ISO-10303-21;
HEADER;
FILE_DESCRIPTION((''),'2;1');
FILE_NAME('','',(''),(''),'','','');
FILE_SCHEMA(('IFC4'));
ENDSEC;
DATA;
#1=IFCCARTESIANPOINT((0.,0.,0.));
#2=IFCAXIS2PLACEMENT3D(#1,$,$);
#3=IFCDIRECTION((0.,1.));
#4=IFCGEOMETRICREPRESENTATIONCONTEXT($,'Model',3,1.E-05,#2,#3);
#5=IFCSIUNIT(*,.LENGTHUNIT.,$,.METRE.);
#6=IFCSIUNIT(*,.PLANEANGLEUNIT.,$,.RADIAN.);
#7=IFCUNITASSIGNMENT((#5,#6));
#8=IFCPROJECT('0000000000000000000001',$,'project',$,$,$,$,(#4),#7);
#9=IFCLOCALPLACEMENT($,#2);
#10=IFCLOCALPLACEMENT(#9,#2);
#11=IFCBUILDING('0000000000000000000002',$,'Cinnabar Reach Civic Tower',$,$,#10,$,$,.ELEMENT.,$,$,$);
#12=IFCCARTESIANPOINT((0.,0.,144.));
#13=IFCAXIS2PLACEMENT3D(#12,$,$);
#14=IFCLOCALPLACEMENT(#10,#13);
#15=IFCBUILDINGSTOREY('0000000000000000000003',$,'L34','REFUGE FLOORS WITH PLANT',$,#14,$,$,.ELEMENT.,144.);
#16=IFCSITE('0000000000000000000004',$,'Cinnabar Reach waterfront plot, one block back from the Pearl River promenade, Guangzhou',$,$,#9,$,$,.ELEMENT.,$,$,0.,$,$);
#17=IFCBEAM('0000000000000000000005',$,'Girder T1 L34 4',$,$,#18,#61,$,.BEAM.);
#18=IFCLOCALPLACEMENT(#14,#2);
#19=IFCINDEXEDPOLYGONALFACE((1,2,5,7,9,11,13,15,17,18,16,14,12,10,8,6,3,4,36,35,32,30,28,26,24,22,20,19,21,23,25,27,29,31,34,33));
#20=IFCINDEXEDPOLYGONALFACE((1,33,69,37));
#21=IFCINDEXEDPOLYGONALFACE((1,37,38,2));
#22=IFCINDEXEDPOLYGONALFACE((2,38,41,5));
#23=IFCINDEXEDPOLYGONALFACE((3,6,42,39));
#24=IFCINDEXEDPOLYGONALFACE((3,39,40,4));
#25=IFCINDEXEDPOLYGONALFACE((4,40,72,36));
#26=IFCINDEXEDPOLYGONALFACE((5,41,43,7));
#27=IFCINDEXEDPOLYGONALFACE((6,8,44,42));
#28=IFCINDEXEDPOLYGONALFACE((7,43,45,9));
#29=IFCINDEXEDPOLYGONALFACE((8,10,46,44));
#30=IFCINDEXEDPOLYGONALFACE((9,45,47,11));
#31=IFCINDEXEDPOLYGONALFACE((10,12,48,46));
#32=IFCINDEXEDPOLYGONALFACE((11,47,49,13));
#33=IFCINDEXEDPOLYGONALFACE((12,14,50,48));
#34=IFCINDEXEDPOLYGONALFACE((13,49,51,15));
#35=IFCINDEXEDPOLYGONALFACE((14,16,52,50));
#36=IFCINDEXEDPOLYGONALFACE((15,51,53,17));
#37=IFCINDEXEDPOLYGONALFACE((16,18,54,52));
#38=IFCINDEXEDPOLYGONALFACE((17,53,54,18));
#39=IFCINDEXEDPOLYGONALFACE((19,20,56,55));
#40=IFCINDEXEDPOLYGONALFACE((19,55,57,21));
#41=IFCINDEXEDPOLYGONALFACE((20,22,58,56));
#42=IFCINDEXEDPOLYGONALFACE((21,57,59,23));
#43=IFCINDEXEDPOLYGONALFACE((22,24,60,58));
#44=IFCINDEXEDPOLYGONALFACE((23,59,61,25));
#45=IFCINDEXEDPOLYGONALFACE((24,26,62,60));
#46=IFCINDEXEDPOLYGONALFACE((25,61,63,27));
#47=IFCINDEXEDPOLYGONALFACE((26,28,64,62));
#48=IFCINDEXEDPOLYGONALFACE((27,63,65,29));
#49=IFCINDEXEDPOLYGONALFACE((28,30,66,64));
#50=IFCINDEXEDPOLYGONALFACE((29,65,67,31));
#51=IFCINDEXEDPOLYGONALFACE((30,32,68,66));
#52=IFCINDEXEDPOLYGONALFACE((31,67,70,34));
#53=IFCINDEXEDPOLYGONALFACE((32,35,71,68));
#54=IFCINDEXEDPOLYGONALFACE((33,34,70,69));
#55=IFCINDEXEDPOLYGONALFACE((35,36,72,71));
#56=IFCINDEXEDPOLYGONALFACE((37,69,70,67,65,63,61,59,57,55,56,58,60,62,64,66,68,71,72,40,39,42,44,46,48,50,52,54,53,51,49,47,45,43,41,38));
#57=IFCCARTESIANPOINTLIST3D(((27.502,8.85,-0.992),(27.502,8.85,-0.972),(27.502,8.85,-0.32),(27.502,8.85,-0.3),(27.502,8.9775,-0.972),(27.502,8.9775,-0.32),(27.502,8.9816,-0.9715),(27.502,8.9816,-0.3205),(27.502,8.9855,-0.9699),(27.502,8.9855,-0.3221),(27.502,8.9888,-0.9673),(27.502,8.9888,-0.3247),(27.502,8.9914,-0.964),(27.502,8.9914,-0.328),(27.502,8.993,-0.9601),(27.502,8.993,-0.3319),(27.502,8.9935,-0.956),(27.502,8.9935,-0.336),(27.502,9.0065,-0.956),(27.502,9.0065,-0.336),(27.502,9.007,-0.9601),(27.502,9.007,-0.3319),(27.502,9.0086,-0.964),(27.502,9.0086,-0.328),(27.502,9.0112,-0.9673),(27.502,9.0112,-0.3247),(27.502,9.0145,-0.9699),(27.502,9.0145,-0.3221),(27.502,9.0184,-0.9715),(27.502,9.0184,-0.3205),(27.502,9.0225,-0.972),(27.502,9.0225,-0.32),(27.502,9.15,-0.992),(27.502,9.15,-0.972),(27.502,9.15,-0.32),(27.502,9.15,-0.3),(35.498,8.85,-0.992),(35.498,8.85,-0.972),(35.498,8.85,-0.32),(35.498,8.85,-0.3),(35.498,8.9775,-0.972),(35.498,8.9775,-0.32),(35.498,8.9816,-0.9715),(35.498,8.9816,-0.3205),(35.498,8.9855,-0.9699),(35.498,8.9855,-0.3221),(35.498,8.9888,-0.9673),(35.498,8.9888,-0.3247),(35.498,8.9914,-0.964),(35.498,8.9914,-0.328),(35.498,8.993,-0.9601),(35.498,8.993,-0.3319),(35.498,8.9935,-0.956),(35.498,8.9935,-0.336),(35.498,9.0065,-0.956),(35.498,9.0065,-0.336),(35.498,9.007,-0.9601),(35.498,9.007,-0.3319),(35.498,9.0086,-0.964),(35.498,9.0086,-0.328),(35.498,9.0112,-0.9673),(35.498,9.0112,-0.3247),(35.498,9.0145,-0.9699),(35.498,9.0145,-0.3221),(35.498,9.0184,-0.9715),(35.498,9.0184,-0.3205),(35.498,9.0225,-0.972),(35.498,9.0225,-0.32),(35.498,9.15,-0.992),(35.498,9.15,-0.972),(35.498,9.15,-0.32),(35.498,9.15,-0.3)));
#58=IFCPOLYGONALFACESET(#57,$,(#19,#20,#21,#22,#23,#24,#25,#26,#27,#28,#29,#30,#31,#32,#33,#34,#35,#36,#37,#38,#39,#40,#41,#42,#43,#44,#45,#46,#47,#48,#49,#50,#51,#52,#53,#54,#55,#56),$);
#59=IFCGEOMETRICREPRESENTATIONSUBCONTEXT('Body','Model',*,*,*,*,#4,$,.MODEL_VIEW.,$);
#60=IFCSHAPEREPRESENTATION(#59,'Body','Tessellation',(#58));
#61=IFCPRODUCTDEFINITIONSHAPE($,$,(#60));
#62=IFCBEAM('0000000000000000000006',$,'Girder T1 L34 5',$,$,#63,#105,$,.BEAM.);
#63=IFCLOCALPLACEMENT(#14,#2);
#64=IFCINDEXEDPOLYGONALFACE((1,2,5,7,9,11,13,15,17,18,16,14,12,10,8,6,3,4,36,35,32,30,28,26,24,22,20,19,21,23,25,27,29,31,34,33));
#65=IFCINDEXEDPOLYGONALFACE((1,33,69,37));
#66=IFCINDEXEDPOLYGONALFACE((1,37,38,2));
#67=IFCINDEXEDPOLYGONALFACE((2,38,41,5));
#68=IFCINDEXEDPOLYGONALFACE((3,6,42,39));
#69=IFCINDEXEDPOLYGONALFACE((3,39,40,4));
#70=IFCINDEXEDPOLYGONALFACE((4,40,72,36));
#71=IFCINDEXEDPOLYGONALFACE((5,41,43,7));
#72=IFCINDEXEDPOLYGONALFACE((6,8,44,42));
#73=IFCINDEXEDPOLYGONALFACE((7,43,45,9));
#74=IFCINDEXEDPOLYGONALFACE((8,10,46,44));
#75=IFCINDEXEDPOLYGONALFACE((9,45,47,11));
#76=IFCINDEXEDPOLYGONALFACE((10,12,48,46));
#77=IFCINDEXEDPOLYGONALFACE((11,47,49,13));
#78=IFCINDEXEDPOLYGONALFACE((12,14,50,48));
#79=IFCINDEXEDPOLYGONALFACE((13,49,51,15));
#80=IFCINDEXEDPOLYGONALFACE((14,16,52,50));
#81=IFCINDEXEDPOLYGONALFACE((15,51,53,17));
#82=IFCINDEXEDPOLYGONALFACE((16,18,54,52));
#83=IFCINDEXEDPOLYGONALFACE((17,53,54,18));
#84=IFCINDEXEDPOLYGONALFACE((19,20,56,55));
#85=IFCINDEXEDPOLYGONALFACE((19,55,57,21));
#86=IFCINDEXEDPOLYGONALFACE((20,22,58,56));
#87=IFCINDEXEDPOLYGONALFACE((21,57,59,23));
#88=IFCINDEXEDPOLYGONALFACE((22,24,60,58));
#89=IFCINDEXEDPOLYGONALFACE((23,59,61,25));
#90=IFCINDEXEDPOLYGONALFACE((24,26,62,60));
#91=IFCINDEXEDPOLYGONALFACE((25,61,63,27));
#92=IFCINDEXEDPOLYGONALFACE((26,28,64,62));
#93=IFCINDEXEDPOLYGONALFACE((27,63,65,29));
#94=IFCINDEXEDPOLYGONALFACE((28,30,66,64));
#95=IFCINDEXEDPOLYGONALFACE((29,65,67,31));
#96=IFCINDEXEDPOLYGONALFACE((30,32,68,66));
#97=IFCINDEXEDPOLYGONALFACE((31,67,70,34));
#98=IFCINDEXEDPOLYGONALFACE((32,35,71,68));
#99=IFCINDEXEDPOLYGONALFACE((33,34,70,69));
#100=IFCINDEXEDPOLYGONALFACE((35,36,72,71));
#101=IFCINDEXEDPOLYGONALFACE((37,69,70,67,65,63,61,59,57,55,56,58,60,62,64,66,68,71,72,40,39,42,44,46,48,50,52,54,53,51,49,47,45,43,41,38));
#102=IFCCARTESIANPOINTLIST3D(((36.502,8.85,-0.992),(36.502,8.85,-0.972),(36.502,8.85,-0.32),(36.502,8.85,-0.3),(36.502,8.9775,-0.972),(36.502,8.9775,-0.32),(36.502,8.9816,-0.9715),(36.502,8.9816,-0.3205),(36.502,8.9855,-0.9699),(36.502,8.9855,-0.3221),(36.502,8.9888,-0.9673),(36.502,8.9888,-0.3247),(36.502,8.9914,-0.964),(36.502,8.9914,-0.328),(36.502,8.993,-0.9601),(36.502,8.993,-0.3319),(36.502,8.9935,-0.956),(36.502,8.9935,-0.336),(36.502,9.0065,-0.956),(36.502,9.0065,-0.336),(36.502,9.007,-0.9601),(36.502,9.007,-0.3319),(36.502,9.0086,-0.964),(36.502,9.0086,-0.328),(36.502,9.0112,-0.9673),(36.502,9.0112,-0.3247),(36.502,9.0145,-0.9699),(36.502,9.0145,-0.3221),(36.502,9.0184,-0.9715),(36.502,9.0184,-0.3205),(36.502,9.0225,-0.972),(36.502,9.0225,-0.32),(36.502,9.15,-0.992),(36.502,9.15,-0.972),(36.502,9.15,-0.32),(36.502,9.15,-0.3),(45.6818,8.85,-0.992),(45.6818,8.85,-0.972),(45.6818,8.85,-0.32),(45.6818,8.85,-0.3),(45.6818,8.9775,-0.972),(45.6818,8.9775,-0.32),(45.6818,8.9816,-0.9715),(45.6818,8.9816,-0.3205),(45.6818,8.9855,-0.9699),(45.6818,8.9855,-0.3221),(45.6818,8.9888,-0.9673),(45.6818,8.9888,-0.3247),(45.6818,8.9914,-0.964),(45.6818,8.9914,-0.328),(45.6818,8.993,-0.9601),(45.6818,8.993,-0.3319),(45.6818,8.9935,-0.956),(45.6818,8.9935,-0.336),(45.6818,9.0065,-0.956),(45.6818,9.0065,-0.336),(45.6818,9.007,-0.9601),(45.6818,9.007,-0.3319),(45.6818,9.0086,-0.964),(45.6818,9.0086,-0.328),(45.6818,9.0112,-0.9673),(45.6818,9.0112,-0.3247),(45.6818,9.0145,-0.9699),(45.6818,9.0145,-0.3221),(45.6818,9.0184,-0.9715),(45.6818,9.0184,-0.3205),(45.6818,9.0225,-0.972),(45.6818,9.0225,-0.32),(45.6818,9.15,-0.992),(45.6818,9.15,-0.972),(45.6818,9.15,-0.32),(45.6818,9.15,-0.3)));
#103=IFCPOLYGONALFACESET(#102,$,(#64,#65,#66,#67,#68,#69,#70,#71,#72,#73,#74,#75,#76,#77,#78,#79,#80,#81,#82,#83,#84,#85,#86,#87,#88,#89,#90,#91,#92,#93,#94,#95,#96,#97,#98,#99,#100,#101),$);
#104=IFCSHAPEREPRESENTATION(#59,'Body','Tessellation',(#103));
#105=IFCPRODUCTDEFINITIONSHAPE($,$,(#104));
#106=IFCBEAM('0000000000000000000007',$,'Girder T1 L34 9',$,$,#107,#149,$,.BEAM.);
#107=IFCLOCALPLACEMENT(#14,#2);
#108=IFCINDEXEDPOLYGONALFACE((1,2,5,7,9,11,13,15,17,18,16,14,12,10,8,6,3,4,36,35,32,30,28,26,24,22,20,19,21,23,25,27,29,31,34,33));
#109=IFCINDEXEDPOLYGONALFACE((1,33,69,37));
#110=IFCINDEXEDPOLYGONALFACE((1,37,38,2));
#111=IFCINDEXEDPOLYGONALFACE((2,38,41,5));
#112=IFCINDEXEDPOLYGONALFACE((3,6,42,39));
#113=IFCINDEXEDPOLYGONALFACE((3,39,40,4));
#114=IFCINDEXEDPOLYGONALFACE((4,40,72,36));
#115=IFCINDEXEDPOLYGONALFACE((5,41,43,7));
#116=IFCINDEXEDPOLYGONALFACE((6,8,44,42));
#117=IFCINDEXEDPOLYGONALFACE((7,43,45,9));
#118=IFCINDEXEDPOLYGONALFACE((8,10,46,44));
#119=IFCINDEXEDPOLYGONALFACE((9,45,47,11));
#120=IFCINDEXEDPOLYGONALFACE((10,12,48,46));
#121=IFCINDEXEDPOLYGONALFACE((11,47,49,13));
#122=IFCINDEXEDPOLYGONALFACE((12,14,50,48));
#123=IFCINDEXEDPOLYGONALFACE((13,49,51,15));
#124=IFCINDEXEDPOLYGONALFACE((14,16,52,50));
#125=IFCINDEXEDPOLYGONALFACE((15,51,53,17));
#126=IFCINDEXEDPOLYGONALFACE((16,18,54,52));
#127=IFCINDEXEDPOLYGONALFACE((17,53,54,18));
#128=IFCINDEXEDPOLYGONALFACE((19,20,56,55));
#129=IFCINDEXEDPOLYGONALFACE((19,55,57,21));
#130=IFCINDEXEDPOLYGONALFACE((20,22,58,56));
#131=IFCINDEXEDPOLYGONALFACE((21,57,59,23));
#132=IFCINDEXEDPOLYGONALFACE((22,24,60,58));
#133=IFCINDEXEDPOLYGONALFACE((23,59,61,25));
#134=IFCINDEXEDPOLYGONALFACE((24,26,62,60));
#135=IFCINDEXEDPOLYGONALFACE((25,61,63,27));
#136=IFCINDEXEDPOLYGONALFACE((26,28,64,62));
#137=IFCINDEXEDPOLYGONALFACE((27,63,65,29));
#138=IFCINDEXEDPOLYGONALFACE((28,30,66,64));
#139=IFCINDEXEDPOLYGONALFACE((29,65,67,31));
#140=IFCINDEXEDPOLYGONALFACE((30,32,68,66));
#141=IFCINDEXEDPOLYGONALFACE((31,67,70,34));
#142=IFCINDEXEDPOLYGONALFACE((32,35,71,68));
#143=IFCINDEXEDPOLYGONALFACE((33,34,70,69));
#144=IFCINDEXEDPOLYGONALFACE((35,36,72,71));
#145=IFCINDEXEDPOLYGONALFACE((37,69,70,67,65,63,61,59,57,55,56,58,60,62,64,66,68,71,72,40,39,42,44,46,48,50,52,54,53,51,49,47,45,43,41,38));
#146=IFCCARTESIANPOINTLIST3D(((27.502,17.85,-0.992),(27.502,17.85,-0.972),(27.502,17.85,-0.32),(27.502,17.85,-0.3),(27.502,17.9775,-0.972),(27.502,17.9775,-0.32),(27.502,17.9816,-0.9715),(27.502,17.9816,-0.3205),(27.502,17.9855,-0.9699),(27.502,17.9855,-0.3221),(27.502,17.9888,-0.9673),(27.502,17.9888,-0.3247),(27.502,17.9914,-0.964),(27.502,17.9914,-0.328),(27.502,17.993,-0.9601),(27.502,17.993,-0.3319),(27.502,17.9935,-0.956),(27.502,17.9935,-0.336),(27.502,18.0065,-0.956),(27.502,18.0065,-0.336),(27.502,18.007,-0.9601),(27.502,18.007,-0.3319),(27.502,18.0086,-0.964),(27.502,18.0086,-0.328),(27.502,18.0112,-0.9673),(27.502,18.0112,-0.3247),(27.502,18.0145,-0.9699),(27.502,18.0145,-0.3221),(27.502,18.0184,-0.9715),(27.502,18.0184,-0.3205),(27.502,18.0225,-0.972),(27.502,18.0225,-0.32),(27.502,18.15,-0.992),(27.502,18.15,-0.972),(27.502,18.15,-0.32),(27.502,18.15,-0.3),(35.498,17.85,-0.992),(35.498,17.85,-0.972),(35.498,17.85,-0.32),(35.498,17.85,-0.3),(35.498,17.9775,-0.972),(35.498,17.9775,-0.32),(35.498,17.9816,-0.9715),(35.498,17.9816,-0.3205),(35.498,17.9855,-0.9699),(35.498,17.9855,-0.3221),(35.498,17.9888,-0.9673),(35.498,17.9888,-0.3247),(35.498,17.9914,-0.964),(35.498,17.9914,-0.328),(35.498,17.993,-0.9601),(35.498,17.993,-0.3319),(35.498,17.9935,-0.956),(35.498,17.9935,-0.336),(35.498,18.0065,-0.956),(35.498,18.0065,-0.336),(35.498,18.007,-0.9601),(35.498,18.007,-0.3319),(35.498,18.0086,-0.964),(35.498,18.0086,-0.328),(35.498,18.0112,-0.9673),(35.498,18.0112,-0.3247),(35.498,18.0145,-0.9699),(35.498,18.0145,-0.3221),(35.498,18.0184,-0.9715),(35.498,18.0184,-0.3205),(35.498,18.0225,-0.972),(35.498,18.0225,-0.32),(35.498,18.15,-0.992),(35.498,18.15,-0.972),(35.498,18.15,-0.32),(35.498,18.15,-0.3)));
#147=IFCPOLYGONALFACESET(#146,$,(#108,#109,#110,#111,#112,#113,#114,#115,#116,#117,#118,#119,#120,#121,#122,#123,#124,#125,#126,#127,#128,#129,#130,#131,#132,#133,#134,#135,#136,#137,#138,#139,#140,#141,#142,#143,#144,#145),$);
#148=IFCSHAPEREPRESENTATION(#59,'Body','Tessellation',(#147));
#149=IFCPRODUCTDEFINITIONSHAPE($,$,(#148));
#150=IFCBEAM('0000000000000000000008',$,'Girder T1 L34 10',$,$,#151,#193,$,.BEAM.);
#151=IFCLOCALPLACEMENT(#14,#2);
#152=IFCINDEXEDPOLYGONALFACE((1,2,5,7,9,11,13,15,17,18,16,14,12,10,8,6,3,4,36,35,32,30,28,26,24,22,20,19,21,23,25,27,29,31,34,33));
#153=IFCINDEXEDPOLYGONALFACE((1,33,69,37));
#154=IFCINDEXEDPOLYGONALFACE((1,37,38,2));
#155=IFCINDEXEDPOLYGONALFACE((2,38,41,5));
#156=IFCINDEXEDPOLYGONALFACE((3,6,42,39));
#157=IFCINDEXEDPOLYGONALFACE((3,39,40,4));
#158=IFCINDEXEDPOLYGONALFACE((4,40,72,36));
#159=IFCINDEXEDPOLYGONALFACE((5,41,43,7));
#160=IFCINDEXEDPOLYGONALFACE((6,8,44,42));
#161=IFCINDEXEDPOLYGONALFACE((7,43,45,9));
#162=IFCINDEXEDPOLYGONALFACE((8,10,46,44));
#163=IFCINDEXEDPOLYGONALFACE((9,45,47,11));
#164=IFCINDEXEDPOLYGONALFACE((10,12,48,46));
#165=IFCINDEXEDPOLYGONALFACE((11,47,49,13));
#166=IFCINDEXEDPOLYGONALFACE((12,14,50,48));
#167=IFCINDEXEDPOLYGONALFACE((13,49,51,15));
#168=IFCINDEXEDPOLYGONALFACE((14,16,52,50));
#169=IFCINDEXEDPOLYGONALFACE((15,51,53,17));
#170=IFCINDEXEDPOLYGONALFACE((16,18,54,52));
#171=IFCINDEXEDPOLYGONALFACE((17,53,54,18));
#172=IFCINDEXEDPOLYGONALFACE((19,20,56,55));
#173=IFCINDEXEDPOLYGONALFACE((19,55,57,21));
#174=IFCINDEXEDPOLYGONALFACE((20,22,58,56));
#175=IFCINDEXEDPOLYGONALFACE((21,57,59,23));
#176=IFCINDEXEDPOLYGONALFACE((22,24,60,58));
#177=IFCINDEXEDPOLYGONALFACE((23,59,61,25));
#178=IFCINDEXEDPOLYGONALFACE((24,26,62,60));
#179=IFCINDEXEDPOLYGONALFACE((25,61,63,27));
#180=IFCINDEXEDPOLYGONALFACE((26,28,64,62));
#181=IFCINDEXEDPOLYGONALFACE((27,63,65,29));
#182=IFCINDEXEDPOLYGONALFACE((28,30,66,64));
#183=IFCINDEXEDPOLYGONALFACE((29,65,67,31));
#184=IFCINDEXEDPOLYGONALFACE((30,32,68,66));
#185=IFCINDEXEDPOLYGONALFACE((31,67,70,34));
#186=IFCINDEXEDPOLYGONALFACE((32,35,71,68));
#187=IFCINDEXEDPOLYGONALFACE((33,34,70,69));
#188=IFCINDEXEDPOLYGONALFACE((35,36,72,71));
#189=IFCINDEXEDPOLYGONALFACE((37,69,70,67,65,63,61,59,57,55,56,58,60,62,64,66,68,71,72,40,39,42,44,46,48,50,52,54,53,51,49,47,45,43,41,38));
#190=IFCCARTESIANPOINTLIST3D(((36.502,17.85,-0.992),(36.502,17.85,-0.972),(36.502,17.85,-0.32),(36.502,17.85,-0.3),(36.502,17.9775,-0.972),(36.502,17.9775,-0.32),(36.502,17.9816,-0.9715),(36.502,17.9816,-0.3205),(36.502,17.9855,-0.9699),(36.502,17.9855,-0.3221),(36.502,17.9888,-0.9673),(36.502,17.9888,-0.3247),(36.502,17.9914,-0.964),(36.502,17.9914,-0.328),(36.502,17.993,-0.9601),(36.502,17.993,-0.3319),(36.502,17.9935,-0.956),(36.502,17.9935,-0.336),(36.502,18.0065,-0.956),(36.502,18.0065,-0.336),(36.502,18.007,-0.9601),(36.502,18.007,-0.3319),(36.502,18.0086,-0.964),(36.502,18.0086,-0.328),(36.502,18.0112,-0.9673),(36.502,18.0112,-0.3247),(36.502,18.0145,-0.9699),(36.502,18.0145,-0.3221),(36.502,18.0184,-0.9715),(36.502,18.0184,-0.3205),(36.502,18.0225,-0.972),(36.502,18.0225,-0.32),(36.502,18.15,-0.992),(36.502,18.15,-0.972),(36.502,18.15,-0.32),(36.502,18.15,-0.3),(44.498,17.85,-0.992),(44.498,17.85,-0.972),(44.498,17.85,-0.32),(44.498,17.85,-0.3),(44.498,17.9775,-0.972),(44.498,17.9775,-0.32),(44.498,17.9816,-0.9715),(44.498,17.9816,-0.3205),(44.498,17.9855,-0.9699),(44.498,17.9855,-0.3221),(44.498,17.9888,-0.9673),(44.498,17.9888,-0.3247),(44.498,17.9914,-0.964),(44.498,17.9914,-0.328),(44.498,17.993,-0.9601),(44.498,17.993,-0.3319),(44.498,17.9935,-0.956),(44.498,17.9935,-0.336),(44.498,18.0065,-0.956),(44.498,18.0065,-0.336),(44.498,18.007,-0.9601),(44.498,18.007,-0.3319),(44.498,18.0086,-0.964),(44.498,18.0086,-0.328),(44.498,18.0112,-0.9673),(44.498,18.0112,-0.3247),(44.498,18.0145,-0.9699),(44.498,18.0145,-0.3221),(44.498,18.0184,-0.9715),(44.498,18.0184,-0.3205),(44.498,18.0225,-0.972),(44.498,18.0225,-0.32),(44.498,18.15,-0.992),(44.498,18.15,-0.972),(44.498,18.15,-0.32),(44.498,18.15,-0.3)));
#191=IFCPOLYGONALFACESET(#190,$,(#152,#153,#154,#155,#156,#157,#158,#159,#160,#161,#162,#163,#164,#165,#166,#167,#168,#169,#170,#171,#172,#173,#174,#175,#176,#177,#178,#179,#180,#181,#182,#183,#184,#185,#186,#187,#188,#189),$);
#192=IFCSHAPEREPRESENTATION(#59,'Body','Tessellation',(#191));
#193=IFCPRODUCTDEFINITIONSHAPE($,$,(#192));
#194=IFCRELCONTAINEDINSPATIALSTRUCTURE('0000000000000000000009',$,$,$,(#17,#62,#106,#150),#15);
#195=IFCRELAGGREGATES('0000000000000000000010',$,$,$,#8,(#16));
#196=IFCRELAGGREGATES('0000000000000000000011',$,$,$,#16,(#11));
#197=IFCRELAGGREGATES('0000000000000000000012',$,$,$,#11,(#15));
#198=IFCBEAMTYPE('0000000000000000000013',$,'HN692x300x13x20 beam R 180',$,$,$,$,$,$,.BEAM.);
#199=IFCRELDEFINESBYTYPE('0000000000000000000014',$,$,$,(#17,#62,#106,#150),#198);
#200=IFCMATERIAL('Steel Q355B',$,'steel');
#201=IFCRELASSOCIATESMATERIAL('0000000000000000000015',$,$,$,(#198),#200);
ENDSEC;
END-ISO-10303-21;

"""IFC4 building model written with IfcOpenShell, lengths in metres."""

from ifc_helpers import new_model, si_unit, direction, frame, origin, origin_2d, place, context, subcontext, project, spatial, i_section, extrude, material, material_profile, profile_set, type_object, element, save


model = new_model("IFC4")

# Units and contexts
model_context = context("Model", 3, precision=1e-05, world=origin(), true_north=direction((0.0, 1.0)))
body_context = subcontext(model_context, "Body", "Model", "MODEL_VIEW")
ifc_project = project(units=[si_unit("LENGTHUNIT", "METRE"), si_unit("PLANEANGLEUNIT", "RADIAN")], contexts=[model_context])

# Site, building, storey
site_placement = place(None, origin())
site = spatial("IfcSite", under=ifc_project, at=site_placement, Name="Cinnabar Reach waterfront plot, one block back from the Pearl River promenade, Guangzhou", CompositionType="ELEMENT", RefElevation=0.0)
building_placement = place(site_placement, origin())
building = spatial("IfcBuilding", under=site, at=building_placement, Name="Cinnabar Reach Civic Tower", CompositionType="ELEMENT")
storey_placement = place(building_placement, frame((0.0, 0.0, 144.0)))
storey = spatial("IfcBuildingStorey", under=building, at=storey_placement, Name="L34", Description="REFUGE FLOORS WITH PLANT", CompositionType="ELEMENT", Elevation=144.0)

# Beams
ifc_material_1 = material(Name="Steel Q355B", Category="steel")
ifc_material_profile_1 = material_profile(ifc_material_1, i_section(OverallWidth=0.3, OverallDepth=0.692, WebThickness=0.013, FlangeThickness=0.02, FilletRadius=0.016, at=origin_2d()), Name="HN692x300x13x20")
ifc_profile_set_1 = profile_set([ifc_material_profile_1], Name="Steel Q355B")
beam_type_1 = type_object("IfcBeamType", Name="HN692x300x13x20 beam R 180", PredefinedType="BEAM", material=ifc_profile_set_1)
beam_1_placement = place(storey_placement, frame((27.502, 9.0, -0.646), z_axis=(1.0, 0.0, 0.0), x_axis=(0.0, 1.0, 0.0)))
element("IfcBeam", 1, at=beam_1_placement, inside=storey, type_object=beam_type_1, Name="Girder T1 L34 4", PredefinedType="BEAM", context=body_context, shape_type="SweptSolid", body=[
    extrude(i_section(OverallWidth=0.3, OverallDepth=0.692, WebThickness=0.013, FlangeThickness=0.02, FilletRadius=0.016, at=origin_2d()), origin(), (0.0, 0.0, 1.0), 7.996),
])
beam_2_placement = place(storey_placement, frame((36.502, 9.0, -0.646), z_axis=(1.0, 0.0, 0.0), x_axis=(0.0, 1.0, 0.0)))
element("IfcBeam", 2, at=beam_2_placement, inside=storey, type_object=beam_type_1, Name="Girder T1 L34 5", PredefinedType="BEAM", context=body_context, shape_type="SweptSolid", body=[
    extrude(i_section(OverallWidth=0.3, OverallDepth=0.692, WebThickness=0.013, FlangeThickness=0.02, FilletRadius=0.016, at=origin_2d()), origin(), (0.0, 0.0, 1.0), 9.1798),
])
for number, where, z_axis, x_axis, name in (
    (3, (27.502, 18.0, -0.646), (1.0, 0.0, 0.0), (0.0, 1.0, 0.0), "Girder T1 L34 9"),
    (4, (36.502, 18.0, -0.646), (1.0, 0.0, 0.0), (0.0, 1.0, 0.0), "Girder T1 L34 10"),
):
    element("IfcBeam", number, at=place(storey_placement, frame(where, z_axis=z_axis, x_axis=x_axis)), inside=storey, type_object=beam_type_1, Name=name, PredefinedType="BEAM", context=body_context, shape_type="SweptSolid", body=[
        extrude(i_section(OverallWidth=0.3, OverallDepth=0.692, WebThickness=0.013, FlangeThickness=0.02, FilletRadius=0.016, at=origin_2d()), origin(), (0.0, 0.0, 1.0), 7.996),
    ])

save(model, "model.ifc")
